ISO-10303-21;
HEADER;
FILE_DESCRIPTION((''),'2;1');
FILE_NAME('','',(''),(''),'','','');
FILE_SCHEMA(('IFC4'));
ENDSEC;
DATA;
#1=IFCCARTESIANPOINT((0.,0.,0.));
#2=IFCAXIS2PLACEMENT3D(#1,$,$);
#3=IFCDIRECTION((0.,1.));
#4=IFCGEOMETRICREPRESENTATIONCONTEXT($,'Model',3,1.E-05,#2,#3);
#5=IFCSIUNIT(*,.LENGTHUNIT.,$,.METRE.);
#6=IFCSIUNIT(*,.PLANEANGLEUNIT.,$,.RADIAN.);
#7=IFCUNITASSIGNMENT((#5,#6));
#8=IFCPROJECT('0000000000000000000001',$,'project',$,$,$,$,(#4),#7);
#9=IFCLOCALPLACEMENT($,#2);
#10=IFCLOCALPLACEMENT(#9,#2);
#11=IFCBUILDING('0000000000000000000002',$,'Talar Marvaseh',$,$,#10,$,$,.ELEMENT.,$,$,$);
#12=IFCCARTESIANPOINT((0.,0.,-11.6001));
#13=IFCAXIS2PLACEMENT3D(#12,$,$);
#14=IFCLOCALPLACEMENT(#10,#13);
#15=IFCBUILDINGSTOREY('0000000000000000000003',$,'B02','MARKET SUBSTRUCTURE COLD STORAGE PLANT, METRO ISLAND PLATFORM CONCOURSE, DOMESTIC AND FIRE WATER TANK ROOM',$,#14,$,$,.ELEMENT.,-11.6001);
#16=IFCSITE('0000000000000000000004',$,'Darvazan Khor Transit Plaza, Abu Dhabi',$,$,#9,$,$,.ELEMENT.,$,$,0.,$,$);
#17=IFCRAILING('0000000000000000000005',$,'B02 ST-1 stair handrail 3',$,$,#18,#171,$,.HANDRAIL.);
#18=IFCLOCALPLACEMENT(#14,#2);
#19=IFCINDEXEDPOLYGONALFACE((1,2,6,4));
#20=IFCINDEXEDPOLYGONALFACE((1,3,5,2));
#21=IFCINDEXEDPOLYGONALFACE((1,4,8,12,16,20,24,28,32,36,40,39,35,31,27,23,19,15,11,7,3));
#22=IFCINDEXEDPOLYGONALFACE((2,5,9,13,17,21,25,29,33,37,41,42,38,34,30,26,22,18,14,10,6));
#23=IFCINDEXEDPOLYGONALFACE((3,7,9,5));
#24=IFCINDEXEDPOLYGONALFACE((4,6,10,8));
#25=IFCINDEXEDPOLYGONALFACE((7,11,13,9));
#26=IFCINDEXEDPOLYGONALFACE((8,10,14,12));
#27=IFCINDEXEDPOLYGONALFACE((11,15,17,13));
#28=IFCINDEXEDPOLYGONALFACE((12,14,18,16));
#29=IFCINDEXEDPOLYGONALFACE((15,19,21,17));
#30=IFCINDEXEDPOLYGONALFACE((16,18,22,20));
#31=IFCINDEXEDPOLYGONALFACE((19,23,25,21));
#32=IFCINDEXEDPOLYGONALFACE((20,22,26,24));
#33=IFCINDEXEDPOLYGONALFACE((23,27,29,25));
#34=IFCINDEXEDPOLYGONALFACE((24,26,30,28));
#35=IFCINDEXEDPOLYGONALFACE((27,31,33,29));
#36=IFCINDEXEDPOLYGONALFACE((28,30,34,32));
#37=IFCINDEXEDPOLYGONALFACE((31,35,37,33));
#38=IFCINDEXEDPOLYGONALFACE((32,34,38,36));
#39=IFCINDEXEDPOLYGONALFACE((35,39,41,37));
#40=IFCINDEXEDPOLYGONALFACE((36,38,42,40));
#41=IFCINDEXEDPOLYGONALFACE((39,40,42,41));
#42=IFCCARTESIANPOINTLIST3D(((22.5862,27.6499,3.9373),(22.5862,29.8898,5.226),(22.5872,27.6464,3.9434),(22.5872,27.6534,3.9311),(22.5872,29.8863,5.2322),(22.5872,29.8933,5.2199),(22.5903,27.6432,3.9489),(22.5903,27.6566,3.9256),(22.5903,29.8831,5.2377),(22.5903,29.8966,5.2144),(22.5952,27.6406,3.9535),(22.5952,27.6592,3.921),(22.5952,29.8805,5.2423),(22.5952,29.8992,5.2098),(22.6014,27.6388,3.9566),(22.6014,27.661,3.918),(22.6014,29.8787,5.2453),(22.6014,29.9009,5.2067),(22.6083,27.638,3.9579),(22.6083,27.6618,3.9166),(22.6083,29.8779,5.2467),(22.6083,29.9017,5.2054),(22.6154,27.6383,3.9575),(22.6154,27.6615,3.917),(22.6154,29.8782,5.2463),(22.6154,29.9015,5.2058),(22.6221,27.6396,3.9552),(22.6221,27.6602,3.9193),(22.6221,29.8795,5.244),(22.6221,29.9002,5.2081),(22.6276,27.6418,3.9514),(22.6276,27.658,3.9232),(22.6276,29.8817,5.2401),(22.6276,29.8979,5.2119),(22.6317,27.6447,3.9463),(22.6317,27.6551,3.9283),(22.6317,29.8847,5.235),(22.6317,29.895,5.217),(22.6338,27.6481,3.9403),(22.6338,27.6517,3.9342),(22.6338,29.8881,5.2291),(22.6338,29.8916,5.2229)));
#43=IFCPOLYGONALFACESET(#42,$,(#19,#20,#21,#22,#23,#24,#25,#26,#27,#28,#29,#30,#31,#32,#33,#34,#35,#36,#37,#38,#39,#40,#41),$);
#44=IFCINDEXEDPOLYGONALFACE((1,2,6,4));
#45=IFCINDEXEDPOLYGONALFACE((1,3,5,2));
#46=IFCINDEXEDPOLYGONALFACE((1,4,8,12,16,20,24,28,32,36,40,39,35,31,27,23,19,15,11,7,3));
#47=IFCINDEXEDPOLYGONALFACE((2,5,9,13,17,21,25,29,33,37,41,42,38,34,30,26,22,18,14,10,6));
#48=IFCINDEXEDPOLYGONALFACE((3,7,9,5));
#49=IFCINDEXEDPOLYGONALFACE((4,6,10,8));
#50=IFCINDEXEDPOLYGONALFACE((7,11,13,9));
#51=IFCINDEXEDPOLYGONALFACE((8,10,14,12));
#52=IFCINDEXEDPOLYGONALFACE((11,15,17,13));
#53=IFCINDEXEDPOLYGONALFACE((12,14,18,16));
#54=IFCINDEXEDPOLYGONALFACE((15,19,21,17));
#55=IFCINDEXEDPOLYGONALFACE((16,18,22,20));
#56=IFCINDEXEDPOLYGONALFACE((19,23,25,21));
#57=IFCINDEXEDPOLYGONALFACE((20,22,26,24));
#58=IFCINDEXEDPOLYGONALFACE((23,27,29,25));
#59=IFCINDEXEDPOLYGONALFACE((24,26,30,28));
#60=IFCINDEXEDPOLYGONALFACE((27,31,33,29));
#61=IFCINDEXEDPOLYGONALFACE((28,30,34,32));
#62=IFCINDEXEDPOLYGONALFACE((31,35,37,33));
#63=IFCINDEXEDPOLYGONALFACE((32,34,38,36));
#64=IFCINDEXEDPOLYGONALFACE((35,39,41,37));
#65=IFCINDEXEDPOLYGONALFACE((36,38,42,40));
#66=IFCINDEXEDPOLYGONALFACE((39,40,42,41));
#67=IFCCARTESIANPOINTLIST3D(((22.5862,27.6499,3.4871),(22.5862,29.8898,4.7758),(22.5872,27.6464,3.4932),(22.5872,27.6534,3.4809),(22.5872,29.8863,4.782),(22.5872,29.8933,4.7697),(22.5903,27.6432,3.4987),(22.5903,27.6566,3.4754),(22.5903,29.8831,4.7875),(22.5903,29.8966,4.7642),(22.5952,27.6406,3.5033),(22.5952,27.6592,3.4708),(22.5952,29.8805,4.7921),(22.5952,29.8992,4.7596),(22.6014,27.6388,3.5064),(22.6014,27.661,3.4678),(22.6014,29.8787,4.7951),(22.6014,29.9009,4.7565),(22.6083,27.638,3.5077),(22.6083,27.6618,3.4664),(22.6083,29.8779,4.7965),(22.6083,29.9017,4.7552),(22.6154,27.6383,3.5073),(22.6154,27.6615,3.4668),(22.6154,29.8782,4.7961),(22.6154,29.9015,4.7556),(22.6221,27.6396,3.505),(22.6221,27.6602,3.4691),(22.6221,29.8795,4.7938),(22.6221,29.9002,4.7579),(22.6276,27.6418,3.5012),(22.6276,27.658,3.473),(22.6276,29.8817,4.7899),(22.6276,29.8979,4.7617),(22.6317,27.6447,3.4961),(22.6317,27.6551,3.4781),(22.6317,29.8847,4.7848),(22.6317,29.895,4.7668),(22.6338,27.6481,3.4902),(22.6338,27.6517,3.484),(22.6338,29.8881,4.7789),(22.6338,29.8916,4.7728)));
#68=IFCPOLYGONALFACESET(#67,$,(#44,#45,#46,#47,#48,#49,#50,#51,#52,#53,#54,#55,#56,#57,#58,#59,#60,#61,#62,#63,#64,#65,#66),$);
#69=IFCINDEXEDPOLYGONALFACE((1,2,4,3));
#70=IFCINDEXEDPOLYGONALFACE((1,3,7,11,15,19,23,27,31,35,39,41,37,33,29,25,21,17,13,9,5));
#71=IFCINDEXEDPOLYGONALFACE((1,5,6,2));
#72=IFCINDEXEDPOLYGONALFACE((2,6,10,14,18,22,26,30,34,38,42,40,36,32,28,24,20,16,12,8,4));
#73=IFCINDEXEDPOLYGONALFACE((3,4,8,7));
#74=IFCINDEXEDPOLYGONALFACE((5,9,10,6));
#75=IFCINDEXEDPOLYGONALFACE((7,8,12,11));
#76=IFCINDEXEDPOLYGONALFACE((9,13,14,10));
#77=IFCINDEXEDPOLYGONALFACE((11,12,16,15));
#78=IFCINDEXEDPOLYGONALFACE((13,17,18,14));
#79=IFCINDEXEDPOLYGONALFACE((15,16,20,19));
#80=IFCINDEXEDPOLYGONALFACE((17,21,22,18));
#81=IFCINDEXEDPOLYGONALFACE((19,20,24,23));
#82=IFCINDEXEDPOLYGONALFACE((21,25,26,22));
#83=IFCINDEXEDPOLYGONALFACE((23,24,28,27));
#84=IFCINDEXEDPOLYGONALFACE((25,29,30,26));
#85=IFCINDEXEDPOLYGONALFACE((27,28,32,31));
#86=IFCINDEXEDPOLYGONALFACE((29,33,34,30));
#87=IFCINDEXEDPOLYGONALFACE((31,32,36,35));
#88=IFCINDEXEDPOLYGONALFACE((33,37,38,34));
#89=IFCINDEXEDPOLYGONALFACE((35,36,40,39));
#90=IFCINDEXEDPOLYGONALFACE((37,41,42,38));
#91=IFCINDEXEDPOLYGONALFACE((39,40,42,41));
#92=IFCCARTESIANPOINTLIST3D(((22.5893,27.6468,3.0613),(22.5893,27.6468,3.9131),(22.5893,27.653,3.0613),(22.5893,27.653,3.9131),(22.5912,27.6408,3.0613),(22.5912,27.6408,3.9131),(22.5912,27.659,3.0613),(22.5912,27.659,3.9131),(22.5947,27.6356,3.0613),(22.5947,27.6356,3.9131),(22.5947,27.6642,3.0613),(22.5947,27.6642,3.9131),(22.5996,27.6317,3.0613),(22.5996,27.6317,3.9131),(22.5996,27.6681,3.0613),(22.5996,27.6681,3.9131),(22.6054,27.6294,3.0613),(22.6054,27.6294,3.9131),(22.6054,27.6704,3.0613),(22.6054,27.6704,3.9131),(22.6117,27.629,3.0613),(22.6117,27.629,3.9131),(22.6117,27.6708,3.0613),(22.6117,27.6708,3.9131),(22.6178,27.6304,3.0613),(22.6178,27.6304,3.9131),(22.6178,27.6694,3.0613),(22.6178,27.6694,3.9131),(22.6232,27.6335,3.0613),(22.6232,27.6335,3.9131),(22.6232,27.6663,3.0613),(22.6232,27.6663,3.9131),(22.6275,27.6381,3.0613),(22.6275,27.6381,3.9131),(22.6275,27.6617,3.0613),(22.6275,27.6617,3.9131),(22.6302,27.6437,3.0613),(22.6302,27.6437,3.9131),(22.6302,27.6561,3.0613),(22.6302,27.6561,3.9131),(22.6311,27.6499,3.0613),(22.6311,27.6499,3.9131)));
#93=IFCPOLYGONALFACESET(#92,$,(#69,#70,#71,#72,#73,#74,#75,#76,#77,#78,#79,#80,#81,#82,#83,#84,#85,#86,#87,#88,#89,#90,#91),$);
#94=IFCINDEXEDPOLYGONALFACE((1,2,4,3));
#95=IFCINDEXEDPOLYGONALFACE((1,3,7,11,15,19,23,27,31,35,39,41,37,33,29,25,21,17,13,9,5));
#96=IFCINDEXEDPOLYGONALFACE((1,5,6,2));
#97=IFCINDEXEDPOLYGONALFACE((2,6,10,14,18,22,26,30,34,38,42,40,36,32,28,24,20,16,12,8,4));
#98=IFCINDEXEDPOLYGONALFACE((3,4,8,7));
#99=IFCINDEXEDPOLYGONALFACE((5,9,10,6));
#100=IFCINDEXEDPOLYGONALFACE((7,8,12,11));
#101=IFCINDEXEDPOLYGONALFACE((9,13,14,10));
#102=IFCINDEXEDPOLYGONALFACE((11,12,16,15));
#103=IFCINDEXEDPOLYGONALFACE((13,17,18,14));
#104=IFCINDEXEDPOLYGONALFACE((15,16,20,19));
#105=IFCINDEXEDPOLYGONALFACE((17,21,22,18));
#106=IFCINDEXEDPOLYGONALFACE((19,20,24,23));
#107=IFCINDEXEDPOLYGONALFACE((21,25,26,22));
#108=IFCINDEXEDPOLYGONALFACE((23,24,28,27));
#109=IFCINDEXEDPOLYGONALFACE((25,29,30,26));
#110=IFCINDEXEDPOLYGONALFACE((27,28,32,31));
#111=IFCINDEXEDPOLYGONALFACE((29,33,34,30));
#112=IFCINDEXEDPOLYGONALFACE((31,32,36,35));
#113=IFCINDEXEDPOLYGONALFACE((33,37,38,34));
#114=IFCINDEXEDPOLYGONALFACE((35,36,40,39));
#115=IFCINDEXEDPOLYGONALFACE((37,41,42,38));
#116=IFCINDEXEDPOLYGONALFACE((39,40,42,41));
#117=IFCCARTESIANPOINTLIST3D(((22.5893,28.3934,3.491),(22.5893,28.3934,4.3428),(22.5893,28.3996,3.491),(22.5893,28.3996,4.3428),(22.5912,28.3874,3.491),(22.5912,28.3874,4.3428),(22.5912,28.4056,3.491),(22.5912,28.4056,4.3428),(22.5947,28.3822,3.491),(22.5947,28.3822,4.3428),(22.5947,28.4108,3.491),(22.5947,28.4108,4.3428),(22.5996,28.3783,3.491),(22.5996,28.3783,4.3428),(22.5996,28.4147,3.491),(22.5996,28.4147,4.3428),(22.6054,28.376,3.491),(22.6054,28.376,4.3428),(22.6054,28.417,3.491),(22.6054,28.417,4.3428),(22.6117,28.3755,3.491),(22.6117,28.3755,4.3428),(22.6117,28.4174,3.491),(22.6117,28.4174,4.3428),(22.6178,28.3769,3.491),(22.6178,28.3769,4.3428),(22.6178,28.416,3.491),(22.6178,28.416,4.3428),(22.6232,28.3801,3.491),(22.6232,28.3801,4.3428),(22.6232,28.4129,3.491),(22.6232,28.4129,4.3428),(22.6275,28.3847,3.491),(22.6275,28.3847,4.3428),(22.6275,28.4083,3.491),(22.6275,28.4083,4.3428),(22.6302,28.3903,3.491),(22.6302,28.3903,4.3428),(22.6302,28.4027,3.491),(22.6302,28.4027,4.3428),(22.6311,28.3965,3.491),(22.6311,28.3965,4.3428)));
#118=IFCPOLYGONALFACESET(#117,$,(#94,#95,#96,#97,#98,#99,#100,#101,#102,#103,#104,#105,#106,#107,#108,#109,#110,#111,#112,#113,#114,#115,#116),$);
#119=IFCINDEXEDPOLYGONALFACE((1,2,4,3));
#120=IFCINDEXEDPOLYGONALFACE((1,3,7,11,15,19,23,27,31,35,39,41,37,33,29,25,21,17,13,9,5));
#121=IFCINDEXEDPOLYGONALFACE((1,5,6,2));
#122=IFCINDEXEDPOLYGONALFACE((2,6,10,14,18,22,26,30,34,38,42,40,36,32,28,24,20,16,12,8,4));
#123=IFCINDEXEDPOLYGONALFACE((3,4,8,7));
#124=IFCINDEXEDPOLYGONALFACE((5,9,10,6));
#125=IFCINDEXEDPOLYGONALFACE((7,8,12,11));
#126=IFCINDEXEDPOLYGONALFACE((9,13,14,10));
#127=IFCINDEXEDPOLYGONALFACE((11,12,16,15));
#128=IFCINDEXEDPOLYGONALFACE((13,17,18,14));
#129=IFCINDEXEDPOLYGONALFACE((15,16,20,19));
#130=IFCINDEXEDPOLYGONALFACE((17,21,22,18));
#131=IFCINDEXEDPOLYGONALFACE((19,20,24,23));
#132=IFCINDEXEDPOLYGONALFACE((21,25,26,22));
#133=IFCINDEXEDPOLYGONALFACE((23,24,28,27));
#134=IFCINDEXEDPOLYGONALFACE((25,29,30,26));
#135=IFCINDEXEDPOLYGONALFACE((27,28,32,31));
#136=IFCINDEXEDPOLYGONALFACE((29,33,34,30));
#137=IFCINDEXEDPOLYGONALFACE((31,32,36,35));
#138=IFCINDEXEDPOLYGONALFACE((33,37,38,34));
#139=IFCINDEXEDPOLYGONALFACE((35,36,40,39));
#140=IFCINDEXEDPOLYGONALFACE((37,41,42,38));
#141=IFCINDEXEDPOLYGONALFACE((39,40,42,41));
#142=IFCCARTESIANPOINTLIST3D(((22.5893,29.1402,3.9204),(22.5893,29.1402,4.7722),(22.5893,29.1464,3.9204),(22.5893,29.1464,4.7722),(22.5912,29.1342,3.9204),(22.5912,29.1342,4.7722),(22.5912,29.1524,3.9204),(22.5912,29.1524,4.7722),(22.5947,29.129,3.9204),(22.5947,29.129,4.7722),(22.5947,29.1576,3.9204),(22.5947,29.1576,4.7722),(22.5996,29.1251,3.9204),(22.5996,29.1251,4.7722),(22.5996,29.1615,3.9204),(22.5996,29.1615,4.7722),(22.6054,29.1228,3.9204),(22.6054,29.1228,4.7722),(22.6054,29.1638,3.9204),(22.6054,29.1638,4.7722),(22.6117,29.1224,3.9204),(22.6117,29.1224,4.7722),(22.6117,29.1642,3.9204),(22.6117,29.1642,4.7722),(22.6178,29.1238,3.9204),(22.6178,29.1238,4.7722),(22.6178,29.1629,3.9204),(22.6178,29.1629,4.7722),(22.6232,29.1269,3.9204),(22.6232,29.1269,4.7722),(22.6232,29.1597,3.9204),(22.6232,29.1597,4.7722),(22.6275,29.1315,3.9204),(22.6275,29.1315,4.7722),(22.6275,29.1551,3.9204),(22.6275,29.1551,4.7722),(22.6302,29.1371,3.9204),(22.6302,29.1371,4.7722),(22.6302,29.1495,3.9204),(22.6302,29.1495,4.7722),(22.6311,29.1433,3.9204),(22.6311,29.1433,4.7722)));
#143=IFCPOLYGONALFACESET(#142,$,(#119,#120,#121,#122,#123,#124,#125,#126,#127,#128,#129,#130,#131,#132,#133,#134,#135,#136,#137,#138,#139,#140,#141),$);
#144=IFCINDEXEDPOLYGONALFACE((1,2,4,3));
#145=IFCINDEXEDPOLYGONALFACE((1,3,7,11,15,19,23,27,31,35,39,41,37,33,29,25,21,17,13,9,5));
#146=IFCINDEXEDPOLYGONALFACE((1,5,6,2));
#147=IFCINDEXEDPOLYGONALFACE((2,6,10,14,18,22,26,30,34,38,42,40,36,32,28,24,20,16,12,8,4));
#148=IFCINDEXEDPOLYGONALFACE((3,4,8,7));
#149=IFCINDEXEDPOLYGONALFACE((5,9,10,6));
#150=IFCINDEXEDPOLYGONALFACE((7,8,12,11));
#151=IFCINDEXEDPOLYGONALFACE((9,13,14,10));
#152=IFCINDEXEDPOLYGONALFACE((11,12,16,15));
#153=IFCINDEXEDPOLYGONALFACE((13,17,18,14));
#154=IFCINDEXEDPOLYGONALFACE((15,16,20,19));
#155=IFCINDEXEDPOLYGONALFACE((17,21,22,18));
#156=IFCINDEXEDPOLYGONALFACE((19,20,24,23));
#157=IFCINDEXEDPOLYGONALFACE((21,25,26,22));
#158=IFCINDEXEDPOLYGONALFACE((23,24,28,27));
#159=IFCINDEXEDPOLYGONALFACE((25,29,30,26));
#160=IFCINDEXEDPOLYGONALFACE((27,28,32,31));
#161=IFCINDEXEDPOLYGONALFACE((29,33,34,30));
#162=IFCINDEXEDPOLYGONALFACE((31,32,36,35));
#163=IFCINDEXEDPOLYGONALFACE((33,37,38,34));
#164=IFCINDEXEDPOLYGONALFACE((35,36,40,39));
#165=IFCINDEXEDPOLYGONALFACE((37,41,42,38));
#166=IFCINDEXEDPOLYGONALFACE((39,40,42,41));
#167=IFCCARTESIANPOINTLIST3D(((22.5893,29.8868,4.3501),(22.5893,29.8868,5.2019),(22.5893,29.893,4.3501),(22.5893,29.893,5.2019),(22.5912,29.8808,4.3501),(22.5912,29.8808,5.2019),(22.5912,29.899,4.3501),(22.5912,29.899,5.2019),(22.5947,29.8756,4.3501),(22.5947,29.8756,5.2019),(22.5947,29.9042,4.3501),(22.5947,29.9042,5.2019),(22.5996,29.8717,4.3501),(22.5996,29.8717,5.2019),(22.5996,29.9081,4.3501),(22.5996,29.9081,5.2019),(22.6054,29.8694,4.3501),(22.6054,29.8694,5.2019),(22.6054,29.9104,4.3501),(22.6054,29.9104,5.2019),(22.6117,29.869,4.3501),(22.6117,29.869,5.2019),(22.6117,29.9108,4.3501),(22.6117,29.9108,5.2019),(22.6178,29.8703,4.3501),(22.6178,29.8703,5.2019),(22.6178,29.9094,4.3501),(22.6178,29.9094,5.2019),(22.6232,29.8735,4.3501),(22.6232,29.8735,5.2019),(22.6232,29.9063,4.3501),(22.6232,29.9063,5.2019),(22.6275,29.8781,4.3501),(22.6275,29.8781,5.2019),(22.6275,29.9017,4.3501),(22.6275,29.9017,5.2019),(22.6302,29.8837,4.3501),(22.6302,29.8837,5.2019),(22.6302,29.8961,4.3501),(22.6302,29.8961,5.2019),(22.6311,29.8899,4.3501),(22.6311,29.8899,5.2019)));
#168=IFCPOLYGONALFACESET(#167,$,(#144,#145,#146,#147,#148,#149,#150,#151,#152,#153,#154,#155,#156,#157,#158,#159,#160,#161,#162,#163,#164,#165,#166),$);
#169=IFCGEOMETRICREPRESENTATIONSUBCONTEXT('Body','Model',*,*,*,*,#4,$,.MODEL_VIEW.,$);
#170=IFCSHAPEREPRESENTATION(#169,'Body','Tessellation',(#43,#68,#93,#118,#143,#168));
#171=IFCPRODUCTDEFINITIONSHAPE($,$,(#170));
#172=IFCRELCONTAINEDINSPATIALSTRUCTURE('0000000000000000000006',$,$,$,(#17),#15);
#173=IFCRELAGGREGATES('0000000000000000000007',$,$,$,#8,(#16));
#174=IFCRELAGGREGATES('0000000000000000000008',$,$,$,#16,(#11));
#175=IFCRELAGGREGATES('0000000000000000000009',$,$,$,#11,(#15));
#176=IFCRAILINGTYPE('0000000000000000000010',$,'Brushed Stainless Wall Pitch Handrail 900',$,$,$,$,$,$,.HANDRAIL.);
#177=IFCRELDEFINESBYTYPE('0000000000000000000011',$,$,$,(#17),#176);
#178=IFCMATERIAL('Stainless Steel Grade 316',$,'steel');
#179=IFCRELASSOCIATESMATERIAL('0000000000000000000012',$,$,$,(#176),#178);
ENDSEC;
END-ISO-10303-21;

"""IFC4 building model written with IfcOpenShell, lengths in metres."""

from ifc_helpers import new_model, si_unit, direction, frame, origin, origin_2d, place, context, subcontext, project, spatial, circle, extrude, material, type_object, element, save


model = new_model("IFC4")

# Units and contexts
model_context = context("Model", 3, precision=1e-05, world=origin(), true_north=direction((0.0, 1.0)))
body_context = subcontext(model_context, "Body", "Model", "MODEL_VIEW")
ifc_project = project(units=[si_unit("LENGTHUNIT", "METRE"), si_unit("PLANEANGLEUNIT", "RADIAN")], contexts=[model_context])

# Site, building, storey
site_placement = place(None, origin())
site = spatial("IfcSite", under=ifc_project, at=site_placement, Name="Darvazan Khor Transit Plaza, Abu Dhabi", CompositionType="ELEMENT", RefElevation=0.0)
building_placement = place(site_placement, origin())
building = spatial("IfcBuilding", under=site, at=building_placement, Name="Talar Marvaseh", CompositionType="ELEMENT")
storey_placement = place(building_placement, frame((0.0, 0.0, -11.6001)))
storey = spatial("IfcBuildingStorey", under=building, at=storey_placement, Name="B02", Description="MARKET SUBSTRUCTURE COLD STORAGE PLANT, METRO ISLAND PLATFORM CONCOURSE, DOMESTIC AND FIRE WATER TANK ROOM", CompositionType="ELEMENT", Elevation=-11.6001)

# Railing
ifc_material_1 = material(Name="Stainless Steel Grade 316", Category="steel")
railing_type_1 = type_object("IfcRailingType", Name="Brushed Stainless Wall Pitch Handrail 900", PredefinedType="HANDRAIL", material=ifc_material_1)
railing_1_placement = place(storey_placement, frame((22.6101, 27.6499, 3.0613)))
element("IfcRailing", 1, at=railing_1_placement, inside=storey, type_object=railing_type_1, Name="B02 ST-1 stair handrail 3", PredefinedType="HANDRAIL", context=body_context, shape_type="SweptSolid", body=[
    extrude(circle(Radius=0.0239, at=origin_2d()), frame((0.0, 0.0, 0.876), z_axis=(0.0, 0.866768, 0.498711), x_axis=(-1.0, 0.0, 0.0)), (0.0, 0.0, 1.0), 2.5842),
    extrude(circle(Radius=0.0239, at=origin_2d()), frame((0.0, 0.0, 0.4258), z_axis=(0.0, 0.866768, 0.498711), x_axis=(-1.0, 0.0, 0.0)), (0.0, 0.0, 1.0), 2.5842),
    extrude(circle(Radius=0.021, at=origin_2d()), origin(), (0.0, 0.0, 1.0), 0.8518),
    extrude(circle(Radius=0.021, at=origin_2d()), frame((0.0, 0.7466, 0.4297)), (0.0, 0.0, 1.0), 0.8518),
    extrude(circle(Radius=0.021, at=origin_2d()), frame((0.0, 1.4934, 0.8591)), (0.0, 0.0, 1.0), 0.8518),
    extrude(circle(Radius=0.021, at=origin_2d()), frame((0.0, 2.24, 1.2888)), (0.0, 0.0, 1.0), 0.8518),
])

save(model, "model.ifc")
